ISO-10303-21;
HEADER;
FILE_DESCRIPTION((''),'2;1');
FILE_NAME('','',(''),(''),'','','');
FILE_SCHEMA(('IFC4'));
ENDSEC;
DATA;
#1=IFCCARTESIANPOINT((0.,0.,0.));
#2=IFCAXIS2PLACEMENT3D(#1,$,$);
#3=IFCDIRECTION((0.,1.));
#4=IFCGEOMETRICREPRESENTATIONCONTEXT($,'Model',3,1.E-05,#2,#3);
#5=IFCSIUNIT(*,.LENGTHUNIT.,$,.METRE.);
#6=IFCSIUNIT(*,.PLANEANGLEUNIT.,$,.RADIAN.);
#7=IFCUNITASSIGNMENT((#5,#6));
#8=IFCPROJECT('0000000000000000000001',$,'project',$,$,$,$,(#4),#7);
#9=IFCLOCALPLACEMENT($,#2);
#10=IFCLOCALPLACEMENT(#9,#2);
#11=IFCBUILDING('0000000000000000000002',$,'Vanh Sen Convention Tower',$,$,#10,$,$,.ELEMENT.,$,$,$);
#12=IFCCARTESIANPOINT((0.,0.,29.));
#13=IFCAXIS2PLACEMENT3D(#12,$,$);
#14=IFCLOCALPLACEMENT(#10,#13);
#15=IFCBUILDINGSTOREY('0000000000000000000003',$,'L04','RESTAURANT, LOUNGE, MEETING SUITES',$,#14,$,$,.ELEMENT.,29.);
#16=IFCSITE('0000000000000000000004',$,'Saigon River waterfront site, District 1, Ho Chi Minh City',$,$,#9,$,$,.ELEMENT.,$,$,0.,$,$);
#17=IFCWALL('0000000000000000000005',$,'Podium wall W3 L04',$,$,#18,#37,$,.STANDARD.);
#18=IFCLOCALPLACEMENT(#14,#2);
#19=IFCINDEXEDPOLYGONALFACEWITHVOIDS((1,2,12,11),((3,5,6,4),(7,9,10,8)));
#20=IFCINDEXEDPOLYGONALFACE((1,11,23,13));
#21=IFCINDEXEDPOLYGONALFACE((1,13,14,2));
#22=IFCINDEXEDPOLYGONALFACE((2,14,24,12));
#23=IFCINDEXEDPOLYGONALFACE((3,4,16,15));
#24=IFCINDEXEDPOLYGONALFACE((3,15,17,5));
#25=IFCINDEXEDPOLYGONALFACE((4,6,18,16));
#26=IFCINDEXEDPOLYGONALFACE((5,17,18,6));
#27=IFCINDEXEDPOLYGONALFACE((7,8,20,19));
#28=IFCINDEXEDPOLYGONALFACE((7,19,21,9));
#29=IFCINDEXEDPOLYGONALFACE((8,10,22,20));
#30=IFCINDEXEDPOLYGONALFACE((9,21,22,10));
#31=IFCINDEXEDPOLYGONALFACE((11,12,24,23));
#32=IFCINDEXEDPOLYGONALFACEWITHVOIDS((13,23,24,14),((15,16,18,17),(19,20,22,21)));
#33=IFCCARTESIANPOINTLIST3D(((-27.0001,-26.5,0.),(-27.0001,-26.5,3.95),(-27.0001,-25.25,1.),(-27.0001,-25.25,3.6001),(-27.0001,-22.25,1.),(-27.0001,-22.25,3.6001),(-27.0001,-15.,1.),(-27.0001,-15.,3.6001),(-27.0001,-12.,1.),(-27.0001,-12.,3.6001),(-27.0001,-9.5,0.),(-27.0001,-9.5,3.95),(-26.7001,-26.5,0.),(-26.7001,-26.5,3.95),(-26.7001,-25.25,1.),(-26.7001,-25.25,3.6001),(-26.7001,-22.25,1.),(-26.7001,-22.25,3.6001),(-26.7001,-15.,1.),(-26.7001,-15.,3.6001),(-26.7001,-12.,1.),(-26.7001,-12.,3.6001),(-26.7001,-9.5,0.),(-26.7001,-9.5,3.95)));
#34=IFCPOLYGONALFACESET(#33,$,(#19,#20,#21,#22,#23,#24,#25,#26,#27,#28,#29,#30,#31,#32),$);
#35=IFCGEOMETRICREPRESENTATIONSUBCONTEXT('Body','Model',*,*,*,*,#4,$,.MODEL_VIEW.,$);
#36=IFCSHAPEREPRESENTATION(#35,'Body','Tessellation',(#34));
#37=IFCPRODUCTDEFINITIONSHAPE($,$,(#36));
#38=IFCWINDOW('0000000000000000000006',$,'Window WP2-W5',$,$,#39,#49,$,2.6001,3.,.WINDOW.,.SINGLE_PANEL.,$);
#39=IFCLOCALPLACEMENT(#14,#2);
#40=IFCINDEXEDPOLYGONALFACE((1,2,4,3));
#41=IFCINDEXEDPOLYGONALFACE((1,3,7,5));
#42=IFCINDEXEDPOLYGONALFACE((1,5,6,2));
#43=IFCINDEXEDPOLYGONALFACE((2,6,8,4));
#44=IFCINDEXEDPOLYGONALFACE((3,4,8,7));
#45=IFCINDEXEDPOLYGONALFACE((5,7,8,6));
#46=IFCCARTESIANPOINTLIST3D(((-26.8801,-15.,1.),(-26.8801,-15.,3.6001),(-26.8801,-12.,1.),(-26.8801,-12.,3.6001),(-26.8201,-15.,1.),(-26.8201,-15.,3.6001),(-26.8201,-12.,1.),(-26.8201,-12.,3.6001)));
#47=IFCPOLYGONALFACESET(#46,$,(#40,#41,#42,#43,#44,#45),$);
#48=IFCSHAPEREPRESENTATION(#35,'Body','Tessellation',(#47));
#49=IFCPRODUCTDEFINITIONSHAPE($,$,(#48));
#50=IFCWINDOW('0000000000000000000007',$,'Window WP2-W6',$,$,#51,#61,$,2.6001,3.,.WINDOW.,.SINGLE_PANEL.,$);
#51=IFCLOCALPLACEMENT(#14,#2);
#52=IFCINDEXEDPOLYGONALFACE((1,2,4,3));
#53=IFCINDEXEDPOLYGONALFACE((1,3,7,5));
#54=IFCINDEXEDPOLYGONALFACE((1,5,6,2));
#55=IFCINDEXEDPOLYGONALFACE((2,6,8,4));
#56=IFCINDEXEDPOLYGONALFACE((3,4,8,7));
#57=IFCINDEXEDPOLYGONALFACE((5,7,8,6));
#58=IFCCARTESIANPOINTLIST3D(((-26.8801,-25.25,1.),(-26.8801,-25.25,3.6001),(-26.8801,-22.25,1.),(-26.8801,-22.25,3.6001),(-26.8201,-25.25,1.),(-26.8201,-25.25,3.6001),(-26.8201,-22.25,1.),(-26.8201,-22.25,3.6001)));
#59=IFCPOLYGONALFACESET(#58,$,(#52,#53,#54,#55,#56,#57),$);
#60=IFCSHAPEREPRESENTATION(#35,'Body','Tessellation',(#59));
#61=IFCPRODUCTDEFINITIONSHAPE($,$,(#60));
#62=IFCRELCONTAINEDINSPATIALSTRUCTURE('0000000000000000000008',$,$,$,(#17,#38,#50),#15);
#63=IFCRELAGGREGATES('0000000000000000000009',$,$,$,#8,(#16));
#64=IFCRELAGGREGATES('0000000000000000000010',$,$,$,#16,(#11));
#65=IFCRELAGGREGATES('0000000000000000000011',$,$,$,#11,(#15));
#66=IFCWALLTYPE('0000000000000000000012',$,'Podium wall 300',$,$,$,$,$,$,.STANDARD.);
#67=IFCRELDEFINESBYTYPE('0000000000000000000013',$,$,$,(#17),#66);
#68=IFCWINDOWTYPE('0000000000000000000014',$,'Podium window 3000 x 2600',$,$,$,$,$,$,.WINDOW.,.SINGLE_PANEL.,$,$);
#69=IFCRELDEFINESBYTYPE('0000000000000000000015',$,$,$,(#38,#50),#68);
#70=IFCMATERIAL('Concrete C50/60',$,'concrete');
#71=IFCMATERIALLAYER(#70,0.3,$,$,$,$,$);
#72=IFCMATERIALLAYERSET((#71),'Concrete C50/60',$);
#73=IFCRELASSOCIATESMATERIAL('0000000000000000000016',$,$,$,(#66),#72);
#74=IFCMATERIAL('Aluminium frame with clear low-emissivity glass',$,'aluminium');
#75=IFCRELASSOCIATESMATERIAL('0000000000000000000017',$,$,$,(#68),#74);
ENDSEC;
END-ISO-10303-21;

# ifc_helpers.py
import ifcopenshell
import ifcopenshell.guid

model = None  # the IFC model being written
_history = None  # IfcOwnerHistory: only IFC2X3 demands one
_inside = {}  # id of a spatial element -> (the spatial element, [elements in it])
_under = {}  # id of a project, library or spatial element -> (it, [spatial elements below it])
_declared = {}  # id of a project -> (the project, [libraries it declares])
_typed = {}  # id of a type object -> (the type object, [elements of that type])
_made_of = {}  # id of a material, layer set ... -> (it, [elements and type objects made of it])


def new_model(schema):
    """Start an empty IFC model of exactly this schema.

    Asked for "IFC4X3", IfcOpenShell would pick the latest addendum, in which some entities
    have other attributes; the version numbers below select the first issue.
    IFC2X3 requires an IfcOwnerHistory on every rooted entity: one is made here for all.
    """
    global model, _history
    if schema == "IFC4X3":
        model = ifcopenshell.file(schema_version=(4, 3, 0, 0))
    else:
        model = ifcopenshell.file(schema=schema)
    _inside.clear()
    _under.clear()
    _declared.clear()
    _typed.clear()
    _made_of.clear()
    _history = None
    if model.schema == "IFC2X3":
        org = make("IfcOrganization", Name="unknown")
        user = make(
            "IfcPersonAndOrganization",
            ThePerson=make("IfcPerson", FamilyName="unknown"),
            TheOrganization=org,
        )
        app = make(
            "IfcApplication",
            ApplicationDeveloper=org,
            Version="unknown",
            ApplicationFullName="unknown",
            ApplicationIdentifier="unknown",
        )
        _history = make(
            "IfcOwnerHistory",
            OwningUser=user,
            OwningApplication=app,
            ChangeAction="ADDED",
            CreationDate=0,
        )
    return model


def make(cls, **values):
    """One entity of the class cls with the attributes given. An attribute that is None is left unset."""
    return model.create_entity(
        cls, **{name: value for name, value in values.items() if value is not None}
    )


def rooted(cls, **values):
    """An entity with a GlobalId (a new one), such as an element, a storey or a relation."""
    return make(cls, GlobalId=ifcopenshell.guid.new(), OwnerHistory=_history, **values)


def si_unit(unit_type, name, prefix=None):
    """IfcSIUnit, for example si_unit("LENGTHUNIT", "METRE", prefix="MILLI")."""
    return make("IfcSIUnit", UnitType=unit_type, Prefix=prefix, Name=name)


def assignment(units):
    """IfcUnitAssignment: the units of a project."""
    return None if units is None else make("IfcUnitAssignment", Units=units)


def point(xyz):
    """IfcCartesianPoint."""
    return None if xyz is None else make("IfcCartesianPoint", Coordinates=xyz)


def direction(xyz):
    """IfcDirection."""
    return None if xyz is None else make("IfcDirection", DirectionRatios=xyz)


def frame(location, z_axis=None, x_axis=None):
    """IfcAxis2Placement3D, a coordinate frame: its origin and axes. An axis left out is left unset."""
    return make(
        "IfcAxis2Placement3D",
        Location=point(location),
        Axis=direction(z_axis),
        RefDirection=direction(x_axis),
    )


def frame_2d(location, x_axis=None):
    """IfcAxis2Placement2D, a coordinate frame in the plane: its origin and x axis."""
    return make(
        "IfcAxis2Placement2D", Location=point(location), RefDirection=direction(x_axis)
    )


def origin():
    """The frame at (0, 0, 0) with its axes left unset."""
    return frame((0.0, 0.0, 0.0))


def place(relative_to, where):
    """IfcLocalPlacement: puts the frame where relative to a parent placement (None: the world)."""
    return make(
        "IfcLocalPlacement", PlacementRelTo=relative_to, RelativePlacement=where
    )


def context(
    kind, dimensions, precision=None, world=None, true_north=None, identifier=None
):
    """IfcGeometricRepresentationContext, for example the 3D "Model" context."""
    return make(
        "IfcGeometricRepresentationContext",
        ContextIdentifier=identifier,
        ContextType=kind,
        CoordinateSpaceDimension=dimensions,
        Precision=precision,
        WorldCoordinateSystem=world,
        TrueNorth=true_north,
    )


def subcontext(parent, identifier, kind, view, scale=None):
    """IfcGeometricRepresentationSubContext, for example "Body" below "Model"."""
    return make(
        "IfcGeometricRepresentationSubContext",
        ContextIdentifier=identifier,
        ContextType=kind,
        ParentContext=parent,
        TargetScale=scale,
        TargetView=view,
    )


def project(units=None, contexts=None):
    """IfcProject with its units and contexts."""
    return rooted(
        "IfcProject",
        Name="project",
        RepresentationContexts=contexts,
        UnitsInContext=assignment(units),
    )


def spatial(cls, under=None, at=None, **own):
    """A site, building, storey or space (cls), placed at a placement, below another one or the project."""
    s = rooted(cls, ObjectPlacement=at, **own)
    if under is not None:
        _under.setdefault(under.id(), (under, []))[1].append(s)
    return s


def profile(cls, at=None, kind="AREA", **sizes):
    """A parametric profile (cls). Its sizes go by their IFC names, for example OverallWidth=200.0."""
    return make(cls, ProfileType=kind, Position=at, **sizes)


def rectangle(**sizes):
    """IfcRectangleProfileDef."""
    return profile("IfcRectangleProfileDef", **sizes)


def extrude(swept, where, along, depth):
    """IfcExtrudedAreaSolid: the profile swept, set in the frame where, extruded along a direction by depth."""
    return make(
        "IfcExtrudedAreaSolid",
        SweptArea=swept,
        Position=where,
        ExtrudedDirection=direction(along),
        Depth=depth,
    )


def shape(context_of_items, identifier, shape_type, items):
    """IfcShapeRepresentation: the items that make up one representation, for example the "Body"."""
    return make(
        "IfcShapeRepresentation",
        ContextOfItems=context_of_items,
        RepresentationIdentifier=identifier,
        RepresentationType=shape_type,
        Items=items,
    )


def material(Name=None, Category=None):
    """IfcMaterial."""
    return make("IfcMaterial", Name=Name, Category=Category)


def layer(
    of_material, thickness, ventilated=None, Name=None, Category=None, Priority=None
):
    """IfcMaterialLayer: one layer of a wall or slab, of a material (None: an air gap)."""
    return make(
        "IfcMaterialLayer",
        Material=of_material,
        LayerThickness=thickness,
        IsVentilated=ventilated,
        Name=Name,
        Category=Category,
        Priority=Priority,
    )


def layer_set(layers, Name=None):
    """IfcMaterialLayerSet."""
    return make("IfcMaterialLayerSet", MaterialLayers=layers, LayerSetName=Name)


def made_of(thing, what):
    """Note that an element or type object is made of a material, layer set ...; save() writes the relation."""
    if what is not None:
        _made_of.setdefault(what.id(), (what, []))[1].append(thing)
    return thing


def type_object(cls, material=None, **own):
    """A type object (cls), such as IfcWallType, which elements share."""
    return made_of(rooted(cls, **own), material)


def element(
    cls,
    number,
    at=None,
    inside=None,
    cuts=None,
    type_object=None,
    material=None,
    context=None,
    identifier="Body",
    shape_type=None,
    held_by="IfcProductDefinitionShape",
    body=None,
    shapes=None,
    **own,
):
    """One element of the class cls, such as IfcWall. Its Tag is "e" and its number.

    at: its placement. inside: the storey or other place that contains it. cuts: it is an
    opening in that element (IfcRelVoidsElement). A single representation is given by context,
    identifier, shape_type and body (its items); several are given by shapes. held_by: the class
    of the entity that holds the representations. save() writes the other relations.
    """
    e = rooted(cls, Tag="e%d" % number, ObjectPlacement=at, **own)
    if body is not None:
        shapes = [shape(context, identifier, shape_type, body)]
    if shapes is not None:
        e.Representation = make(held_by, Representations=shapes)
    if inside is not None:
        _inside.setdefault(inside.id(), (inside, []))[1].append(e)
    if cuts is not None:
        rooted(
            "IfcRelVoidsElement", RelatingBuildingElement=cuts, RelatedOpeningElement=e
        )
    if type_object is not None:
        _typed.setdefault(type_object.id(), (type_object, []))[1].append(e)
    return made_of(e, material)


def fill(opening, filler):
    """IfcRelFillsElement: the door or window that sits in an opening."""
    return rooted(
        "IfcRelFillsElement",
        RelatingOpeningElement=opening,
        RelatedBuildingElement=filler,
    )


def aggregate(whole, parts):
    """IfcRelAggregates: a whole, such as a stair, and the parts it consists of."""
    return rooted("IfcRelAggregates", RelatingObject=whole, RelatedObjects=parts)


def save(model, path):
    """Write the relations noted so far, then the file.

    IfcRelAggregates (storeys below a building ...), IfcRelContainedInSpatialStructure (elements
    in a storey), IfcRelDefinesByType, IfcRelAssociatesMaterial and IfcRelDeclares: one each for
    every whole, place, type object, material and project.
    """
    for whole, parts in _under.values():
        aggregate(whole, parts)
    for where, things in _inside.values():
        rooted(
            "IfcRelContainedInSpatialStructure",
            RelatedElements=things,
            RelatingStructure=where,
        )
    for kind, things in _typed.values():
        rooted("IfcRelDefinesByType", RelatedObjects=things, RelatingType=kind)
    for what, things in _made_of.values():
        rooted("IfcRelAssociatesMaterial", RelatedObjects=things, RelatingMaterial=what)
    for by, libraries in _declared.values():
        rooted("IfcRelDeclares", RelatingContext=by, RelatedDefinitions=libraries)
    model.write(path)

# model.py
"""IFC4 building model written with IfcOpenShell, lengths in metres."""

from ifc_helpers import new_model, si_unit, direction, frame, frame_2d, origin, place, context, subcontext, project, spatial, rectangle, extrude, material, layer, layer_set, type_object, element, fill, save


model = new_model("IFC4")

# Units and contexts
model_context = context("Model", 3, precision=1e-05, world=origin(), true_north=direction((0.0, 1.0)))
body_context = subcontext(model_context, "Body", "Model", "MODEL_VIEW")
ifc_project = project(units=[si_unit("LENGTHUNIT", "METRE"), si_unit("PLANEANGLEUNIT", "RADIAN")], contexts=[model_context])

# Site, building, storey
site_placement = place(None, origin())
site = spatial("IfcSite", under=ifc_project, at=site_placement, Name="Saigon River waterfront site, District 1, Ho Chi Minh City", CompositionType="ELEMENT", RefElevation=0.0)
building_placement = place(site_placement, origin())
building = spatial("IfcBuilding", under=site, at=building_placement, Name="Vanh Sen Convention Tower", CompositionType="ELEMENT")
storey_placement = place(building_placement, frame((0.0, 0.0, 29.0)))
storey = spatial("IfcBuildingStorey", under=building, at=storey_placement, Name="L04", Description="RESTAURANT, LOUNGE, MEETING SUITES", CompositionType="ELEMENT", Elevation=29.0)

# Wall, openings, windows
ifc_material_1 = material(Name="Concrete C50/60", Category="concrete")
ifc_layer_1 = layer(ifc_material_1, 0.3)
ifc_layer_set_1 = layer_set([ifc_layer_1], Name="Concrete C50/60")
wall_type_1 = type_object("IfcWallType", Name="Podium wall 300", PredefinedType="STANDARD", material=ifc_layer_set_1)
wall_1_placement = place(storey_placement, frame((-26.8501, -9.5, 0.0), z_axis=(0.0, 0.0, 1.0), x_axis=(0.0, -1.0, 0.0)))
wall_1 = element("IfcWall", 1, at=wall_1_placement, inside=storey, type_object=wall_type_1, Name="Podium wall W3 L04", PredefinedType="STANDARD", context=body_context, shape_type="SweptSolid", body=[
    extrude(rectangle(XDim=17.0, YDim=0.3, at=frame_2d((8.5, 0.0))), origin(), (0.0, 0.0, 1.0), 3.95),
])
opening_1_placement = place(wall_1_placement, frame((2.5, 0.0, 1.0)))
opening_1 = element("IfcOpeningElement", 2, at=opening_1_placement, cuts=wall_1, PredefinedType="OPENING", context=body_context, shape_type="SweptSolid", body=[
    extrude(rectangle(XDim=3.0, YDim=2.6001, at=frame_2d((1.5, 1.3))), frame((0.0, 0.1599, 0.0), z_axis=(0.0, -1.0, 0.0), x_axis=(1.0, 0.0, 0.0)), (0.0, 0.0, 1.0), 0.3201),
])
opening_2_placement = place(wall_1_placement, frame((12.75, 0.0, 1.0)))
opening_2 = element("IfcOpeningElement", 3, at=opening_2_placement, cuts=wall_1, PredefinedType="OPENING", context=body_context, shape_type="SweptSolid", body=[
    extrude(rectangle(XDim=3.0, YDim=2.6001, at=frame_2d((1.5, 1.3))), frame((0.0, 0.1599, 0.0), z_axis=(0.0, -1.0, 0.0), x_axis=(1.0, 0.0, 0.0)), (0.0, 0.0, 1.0), 0.3201),
])
ifc_material_2 = material(Name="Aluminium frame with clear low-emissivity glass", Category="aluminium")
window_type = type_object("IfcWindowType", Name="Podium window 3000 x 2600", PartitioningType="SINGLE_PANEL", PredefinedType="WINDOW", material=ifc_material_2)
window_1_placement = place(opening_1_placement, origin())
window_1 = element("IfcWindow", 4, at=window_1_placement, inside=storey, type_object=window_type, Name="Window WP2-W5", OverallHeight=2.6001, OverallWidth=3.0, PartitioningType="SINGLE_PANEL", PredefinedType="WINDOW", context=body_context, shape_type="SweptSolid", body=[
    extrude(rectangle(XDim=3.0, YDim=2.6001, at=frame_2d((1.5, 1.3))), frame((0.0, 0.03, 0.0), z_axis=(0.0, -1.0, 0.0), x_axis=(1.0, 0.0, 0.0)), (0.0, 0.0, 1.0), 0.0601),
])
fill(opening_1, window_1)
window_2_placement = place(opening_2_placement, origin())
window_2 = element("IfcWindow", 5, at=window_2_placement, inside=storey, type_object=window_type, Name="Window WP2-W6", OverallHeight=2.6001, OverallWidth=3.0, PartitioningType="SINGLE_PANEL", PredefinedType="WINDOW", context=body_context, shape_type="SweptSolid", body=[
    extrude(rectangle(XDim=3.0, YDim=2.6001, at=frame_2d((1.5, 1.3))), frame((0.0, 0.03, 0.0), z_axis=(0.0, -1.0, 0.0), x_axis=(1.0, 0.0, 0.0)), (0.0, 0.0, 1.0), 0.0601),
])
fill(opening_2, window_2)

save(model, "model.ifc")
